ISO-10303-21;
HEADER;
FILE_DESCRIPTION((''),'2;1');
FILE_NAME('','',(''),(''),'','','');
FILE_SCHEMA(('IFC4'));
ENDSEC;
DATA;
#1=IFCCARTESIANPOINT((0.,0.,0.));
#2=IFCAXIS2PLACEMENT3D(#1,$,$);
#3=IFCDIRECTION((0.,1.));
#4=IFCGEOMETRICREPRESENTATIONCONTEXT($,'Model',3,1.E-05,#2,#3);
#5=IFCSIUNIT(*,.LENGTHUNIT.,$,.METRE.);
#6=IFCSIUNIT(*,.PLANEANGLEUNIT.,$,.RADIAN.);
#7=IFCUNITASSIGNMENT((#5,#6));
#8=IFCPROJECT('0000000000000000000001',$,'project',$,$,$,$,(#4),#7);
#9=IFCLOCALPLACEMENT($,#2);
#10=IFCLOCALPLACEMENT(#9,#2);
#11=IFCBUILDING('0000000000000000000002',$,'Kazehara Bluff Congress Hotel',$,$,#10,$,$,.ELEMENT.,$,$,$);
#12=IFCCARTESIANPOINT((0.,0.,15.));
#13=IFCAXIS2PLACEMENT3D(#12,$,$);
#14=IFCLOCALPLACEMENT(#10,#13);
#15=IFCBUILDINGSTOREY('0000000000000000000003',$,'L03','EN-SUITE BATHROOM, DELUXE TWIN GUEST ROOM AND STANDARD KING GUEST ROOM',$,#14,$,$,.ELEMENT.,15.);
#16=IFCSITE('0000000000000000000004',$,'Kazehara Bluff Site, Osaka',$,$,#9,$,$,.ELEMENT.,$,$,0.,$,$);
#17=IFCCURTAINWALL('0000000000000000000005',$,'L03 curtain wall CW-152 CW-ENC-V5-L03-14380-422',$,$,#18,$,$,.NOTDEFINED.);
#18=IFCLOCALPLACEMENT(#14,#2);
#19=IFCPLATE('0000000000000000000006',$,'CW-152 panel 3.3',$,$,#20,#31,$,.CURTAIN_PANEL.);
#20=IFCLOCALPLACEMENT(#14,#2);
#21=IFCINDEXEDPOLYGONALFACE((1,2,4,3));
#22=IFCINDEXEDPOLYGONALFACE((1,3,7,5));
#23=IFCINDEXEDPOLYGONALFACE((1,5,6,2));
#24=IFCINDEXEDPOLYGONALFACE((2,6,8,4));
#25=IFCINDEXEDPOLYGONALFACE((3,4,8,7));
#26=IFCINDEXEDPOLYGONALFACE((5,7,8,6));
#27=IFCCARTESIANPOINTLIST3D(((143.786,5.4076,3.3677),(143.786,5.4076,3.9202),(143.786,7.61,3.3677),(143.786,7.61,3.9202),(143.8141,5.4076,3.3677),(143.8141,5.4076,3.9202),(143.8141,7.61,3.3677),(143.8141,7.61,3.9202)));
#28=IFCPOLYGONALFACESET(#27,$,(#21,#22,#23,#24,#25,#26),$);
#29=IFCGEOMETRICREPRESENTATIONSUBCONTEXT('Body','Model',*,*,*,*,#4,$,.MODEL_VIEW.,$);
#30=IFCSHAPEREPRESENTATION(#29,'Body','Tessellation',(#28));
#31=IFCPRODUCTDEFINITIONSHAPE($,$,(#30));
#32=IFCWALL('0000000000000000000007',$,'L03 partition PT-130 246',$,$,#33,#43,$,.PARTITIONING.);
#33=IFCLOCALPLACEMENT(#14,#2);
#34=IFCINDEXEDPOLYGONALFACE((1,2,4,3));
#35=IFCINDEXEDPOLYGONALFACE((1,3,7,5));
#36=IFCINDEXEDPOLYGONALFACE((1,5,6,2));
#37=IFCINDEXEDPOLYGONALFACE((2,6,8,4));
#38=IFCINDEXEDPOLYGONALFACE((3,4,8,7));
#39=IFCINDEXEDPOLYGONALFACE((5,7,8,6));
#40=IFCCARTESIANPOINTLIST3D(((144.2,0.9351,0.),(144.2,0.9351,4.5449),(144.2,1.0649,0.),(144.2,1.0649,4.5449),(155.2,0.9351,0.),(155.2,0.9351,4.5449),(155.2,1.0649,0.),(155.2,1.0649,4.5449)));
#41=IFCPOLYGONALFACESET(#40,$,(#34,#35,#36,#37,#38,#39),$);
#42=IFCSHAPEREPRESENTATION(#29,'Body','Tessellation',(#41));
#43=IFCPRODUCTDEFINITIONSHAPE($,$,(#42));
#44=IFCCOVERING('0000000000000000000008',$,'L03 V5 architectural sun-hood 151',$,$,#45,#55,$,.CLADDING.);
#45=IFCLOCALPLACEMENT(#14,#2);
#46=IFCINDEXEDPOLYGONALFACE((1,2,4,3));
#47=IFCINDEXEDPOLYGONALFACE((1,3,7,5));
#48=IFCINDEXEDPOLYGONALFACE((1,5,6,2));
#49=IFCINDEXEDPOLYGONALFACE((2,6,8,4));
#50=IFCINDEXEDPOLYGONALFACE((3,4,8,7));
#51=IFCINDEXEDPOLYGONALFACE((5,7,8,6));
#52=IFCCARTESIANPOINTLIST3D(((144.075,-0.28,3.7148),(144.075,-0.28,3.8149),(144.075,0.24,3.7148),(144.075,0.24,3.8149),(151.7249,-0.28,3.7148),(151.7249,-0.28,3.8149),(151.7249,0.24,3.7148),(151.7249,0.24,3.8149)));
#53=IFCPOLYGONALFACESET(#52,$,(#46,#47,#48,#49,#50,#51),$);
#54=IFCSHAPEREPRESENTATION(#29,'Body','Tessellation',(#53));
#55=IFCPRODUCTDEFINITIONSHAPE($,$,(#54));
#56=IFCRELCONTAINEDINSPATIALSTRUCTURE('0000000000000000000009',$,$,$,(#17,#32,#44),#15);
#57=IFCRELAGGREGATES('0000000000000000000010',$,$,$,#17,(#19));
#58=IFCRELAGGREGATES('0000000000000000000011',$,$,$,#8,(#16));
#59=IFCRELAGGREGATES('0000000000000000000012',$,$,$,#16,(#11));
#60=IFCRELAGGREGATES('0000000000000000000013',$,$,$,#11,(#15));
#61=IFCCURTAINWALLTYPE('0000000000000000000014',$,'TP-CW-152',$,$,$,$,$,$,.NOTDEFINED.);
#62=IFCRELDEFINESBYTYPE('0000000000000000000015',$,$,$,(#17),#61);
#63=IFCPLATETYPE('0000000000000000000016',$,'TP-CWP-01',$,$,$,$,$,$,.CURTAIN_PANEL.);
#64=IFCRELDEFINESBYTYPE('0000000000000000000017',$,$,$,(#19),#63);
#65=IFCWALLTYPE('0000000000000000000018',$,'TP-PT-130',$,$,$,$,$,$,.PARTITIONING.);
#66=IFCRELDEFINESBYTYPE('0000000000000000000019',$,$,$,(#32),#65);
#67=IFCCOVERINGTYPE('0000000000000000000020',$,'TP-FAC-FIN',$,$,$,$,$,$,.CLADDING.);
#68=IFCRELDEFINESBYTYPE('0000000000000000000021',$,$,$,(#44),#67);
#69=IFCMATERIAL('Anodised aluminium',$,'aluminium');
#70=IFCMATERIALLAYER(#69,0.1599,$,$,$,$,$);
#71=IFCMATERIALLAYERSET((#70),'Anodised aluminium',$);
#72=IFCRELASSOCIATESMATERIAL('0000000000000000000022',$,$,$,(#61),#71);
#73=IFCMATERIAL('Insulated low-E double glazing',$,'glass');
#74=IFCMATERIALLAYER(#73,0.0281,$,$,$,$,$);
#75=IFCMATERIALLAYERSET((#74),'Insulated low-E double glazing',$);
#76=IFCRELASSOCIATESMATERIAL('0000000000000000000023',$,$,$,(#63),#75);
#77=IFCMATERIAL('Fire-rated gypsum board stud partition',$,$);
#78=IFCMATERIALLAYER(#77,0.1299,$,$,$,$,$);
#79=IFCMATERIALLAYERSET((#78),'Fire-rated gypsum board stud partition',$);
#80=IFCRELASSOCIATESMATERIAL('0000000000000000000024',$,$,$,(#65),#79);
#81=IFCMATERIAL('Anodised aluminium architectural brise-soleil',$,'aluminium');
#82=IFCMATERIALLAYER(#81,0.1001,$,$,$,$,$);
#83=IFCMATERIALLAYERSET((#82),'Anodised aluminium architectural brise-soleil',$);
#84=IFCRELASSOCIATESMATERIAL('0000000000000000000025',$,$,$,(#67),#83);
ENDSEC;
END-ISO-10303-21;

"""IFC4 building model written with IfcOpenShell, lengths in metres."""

from ifc_helpers import new_model, si_unit, direction, frame, frame_2d, origin, origin_2d, place, context, subcontext, project, spatial, rectangle, extrude, material, layer, layer_set, type_object, element, aggregate, save


model = new_model("IFC4")

# Units and contexts
model_context = context("Model", 3, precision=1e-05, world=origin(), true_north=direction((0.0, 1.0)))
body_context = subcontext(model_context, "Body", "Model", "MODEL_VIEW")
ifc_project = project(units=[si_unit("LENGTHUNIT", "METRE"), si_unit("PLANEANGLEUNIT", "RADIAN")], contexts=[model_context])

# Site, building, storey
site_placement = place(None, origin())
site = spatial("IfcSite", under=ifc_project, at=site_placement, Name="Kazehara Bluff Site, Osaka", CompositionType="ELEMENT", RefElevation=0.0)
building_placement = place(site_placement, origin())
building = spatial("IfcBuilding", under=site, at=building_placement, Name="Kazehara Bluff Congress Hotel", CompositionType="ELEMENT")
storey_placement = place(building_placement, frame((0.0, 0.0, 15.0)))
storey = spatial("IfcBuildingStorey", under=building, at=storey_placement, Name="L03", Description="EN-SUITE BATHROOM, DELUXE TWIN GUEST ROOM AND STANDARD KING GUEST ROOM", CompositionType="ELEMENT", Elevation=15.0)

# Curtain wall
ifc_material_1 = material(Name="Anodised aluminium", Category="aluminium")
ifc_layer_1 = layer(ifc_material_1, 0.1599)
ifc_layer_set_1 = layer_set([ifc_layer_1], Name="Anodised aluminium")
curtain_wall_type_1 = type_object("IfcCurtainWallType", Name="TP-CW-152", PredefinedType="NOTDEFINED", material=ifc_layer_set_1)
curtain_wall_1_placement = place(storey_placement, origin())
curtain_wall_1 = element("IfcCurtainWall", 1, at=curtain_wall_1_placement, inside=storey, type_object=curtain_wall_type_1, Name="L03 curtain wall CW-152 CW-ENC-V5-L03-14380-422", PredefinedType="NOTDEFINED")

# Plate
ifc_material_2 = material(Name="Insulated low-E double glazing", Category="glass")
ifc_layer_2 = layer(ifc_material_2, 0.0281)
ifc_layer_set_2 = layer_set([ifc_layer_2], Name="Insulated low-E double glazing")
plate_type = type_object("IfcPlateType", Name="TP-CWP-01", PredefinedType="CURTAIN_PANEL", material=ifc_layer_set_2)
plate_1_placement = place(storey_placement, frame((143.8, 6.5088, 3.3677), z_axis=(0.0, 0.0, 1.0), x_axis=(0.0, 1.0, 0.0)))
plate_1 = element("IfcPlate", 2, at=plate_1_placement, type_object=plate_type, Name="CW-152 panel 3.3", PredefinedType="CURTAIN_PANEL", context=body_context, shape_type="SweptSolid", body=[
    extrude(rectangle(XDim=2.2024, YDim=0.0281, at=origin_2d()), origin(), (0.0, 0.0, 1.0), 0.5525),
])
aggregate(curtain_wall_1, [plate_1])

# Wall
ifc_material_3 = material(Name="Fire-rated gypsum board stud partition")
ifc_layer_3 = layer(ifc_material_3, 0.1299)
ifc_layer_set_3 = layer_set([ifc_layer_3], Name="Fire-rated gypsum board stud partition")
wall_type = type_object("IfcWallType", Name="TP-PT-130", PredefinedType="PARTITIONING", material=ifc_layer_set_3)
wall_placement = place(storey_placement, frame((144.2, 1.0, 0.0), z_axis=(0.0, 0.0, 1.0), x_axis=(1.0, 0.0, 0.0)))
element("IfcWall", 3, at=wall_placement, inside=storey, type_object=wall_type, Name="L03 partition PT-130 246", PredefinedType="PARTITIONING", context=body_context, shape_type="SweptSolid", body=[
    extrude(rectangle(XDim=11.0, YDim=0.1299, at=frame_2d((5.5, 0.0))), origin(), (0.0, 0.0, 1.0), 4.5449),
])

# Covering
ifc_material_4 = material(Name="Anodised aluminium architectural brise-soleil", Category="aluminium")
ifc_layer_4 = layer(ifc_material_4, 0.1001)
ifc_layer_set_4 = layer_set([ifc_layer_4], Name="Anodised aluminium architectural brise-soleil")
covering_type = type_object("IfcCoveringType", Name="TP-FAC-FIN", PredefinedType="CLADDING", material=ifc_layer_set_4)
covering_placement = place(storey_placement, frame((147.8999, -0.02, 3.7148), z_axis=(0.0, 0.0, 1.0), x_axis=(1.0, 0.0, 0.0)))
element("IfcCovering", 4, at=covering_placement, inside=storey, type_object=covering_type, Name="L03 V5 architectural sun-hood 151", PredefinedType="CLADDING", context=body_context, shape_type="SweptSolid", body=[
    extrude(rectangle(XDim=7.6499, YDim=0.52, at=origin_2d()), origin(), (0.0, 0.0, 1.0), 0.1001),
])

save(model, "model.ifc")
